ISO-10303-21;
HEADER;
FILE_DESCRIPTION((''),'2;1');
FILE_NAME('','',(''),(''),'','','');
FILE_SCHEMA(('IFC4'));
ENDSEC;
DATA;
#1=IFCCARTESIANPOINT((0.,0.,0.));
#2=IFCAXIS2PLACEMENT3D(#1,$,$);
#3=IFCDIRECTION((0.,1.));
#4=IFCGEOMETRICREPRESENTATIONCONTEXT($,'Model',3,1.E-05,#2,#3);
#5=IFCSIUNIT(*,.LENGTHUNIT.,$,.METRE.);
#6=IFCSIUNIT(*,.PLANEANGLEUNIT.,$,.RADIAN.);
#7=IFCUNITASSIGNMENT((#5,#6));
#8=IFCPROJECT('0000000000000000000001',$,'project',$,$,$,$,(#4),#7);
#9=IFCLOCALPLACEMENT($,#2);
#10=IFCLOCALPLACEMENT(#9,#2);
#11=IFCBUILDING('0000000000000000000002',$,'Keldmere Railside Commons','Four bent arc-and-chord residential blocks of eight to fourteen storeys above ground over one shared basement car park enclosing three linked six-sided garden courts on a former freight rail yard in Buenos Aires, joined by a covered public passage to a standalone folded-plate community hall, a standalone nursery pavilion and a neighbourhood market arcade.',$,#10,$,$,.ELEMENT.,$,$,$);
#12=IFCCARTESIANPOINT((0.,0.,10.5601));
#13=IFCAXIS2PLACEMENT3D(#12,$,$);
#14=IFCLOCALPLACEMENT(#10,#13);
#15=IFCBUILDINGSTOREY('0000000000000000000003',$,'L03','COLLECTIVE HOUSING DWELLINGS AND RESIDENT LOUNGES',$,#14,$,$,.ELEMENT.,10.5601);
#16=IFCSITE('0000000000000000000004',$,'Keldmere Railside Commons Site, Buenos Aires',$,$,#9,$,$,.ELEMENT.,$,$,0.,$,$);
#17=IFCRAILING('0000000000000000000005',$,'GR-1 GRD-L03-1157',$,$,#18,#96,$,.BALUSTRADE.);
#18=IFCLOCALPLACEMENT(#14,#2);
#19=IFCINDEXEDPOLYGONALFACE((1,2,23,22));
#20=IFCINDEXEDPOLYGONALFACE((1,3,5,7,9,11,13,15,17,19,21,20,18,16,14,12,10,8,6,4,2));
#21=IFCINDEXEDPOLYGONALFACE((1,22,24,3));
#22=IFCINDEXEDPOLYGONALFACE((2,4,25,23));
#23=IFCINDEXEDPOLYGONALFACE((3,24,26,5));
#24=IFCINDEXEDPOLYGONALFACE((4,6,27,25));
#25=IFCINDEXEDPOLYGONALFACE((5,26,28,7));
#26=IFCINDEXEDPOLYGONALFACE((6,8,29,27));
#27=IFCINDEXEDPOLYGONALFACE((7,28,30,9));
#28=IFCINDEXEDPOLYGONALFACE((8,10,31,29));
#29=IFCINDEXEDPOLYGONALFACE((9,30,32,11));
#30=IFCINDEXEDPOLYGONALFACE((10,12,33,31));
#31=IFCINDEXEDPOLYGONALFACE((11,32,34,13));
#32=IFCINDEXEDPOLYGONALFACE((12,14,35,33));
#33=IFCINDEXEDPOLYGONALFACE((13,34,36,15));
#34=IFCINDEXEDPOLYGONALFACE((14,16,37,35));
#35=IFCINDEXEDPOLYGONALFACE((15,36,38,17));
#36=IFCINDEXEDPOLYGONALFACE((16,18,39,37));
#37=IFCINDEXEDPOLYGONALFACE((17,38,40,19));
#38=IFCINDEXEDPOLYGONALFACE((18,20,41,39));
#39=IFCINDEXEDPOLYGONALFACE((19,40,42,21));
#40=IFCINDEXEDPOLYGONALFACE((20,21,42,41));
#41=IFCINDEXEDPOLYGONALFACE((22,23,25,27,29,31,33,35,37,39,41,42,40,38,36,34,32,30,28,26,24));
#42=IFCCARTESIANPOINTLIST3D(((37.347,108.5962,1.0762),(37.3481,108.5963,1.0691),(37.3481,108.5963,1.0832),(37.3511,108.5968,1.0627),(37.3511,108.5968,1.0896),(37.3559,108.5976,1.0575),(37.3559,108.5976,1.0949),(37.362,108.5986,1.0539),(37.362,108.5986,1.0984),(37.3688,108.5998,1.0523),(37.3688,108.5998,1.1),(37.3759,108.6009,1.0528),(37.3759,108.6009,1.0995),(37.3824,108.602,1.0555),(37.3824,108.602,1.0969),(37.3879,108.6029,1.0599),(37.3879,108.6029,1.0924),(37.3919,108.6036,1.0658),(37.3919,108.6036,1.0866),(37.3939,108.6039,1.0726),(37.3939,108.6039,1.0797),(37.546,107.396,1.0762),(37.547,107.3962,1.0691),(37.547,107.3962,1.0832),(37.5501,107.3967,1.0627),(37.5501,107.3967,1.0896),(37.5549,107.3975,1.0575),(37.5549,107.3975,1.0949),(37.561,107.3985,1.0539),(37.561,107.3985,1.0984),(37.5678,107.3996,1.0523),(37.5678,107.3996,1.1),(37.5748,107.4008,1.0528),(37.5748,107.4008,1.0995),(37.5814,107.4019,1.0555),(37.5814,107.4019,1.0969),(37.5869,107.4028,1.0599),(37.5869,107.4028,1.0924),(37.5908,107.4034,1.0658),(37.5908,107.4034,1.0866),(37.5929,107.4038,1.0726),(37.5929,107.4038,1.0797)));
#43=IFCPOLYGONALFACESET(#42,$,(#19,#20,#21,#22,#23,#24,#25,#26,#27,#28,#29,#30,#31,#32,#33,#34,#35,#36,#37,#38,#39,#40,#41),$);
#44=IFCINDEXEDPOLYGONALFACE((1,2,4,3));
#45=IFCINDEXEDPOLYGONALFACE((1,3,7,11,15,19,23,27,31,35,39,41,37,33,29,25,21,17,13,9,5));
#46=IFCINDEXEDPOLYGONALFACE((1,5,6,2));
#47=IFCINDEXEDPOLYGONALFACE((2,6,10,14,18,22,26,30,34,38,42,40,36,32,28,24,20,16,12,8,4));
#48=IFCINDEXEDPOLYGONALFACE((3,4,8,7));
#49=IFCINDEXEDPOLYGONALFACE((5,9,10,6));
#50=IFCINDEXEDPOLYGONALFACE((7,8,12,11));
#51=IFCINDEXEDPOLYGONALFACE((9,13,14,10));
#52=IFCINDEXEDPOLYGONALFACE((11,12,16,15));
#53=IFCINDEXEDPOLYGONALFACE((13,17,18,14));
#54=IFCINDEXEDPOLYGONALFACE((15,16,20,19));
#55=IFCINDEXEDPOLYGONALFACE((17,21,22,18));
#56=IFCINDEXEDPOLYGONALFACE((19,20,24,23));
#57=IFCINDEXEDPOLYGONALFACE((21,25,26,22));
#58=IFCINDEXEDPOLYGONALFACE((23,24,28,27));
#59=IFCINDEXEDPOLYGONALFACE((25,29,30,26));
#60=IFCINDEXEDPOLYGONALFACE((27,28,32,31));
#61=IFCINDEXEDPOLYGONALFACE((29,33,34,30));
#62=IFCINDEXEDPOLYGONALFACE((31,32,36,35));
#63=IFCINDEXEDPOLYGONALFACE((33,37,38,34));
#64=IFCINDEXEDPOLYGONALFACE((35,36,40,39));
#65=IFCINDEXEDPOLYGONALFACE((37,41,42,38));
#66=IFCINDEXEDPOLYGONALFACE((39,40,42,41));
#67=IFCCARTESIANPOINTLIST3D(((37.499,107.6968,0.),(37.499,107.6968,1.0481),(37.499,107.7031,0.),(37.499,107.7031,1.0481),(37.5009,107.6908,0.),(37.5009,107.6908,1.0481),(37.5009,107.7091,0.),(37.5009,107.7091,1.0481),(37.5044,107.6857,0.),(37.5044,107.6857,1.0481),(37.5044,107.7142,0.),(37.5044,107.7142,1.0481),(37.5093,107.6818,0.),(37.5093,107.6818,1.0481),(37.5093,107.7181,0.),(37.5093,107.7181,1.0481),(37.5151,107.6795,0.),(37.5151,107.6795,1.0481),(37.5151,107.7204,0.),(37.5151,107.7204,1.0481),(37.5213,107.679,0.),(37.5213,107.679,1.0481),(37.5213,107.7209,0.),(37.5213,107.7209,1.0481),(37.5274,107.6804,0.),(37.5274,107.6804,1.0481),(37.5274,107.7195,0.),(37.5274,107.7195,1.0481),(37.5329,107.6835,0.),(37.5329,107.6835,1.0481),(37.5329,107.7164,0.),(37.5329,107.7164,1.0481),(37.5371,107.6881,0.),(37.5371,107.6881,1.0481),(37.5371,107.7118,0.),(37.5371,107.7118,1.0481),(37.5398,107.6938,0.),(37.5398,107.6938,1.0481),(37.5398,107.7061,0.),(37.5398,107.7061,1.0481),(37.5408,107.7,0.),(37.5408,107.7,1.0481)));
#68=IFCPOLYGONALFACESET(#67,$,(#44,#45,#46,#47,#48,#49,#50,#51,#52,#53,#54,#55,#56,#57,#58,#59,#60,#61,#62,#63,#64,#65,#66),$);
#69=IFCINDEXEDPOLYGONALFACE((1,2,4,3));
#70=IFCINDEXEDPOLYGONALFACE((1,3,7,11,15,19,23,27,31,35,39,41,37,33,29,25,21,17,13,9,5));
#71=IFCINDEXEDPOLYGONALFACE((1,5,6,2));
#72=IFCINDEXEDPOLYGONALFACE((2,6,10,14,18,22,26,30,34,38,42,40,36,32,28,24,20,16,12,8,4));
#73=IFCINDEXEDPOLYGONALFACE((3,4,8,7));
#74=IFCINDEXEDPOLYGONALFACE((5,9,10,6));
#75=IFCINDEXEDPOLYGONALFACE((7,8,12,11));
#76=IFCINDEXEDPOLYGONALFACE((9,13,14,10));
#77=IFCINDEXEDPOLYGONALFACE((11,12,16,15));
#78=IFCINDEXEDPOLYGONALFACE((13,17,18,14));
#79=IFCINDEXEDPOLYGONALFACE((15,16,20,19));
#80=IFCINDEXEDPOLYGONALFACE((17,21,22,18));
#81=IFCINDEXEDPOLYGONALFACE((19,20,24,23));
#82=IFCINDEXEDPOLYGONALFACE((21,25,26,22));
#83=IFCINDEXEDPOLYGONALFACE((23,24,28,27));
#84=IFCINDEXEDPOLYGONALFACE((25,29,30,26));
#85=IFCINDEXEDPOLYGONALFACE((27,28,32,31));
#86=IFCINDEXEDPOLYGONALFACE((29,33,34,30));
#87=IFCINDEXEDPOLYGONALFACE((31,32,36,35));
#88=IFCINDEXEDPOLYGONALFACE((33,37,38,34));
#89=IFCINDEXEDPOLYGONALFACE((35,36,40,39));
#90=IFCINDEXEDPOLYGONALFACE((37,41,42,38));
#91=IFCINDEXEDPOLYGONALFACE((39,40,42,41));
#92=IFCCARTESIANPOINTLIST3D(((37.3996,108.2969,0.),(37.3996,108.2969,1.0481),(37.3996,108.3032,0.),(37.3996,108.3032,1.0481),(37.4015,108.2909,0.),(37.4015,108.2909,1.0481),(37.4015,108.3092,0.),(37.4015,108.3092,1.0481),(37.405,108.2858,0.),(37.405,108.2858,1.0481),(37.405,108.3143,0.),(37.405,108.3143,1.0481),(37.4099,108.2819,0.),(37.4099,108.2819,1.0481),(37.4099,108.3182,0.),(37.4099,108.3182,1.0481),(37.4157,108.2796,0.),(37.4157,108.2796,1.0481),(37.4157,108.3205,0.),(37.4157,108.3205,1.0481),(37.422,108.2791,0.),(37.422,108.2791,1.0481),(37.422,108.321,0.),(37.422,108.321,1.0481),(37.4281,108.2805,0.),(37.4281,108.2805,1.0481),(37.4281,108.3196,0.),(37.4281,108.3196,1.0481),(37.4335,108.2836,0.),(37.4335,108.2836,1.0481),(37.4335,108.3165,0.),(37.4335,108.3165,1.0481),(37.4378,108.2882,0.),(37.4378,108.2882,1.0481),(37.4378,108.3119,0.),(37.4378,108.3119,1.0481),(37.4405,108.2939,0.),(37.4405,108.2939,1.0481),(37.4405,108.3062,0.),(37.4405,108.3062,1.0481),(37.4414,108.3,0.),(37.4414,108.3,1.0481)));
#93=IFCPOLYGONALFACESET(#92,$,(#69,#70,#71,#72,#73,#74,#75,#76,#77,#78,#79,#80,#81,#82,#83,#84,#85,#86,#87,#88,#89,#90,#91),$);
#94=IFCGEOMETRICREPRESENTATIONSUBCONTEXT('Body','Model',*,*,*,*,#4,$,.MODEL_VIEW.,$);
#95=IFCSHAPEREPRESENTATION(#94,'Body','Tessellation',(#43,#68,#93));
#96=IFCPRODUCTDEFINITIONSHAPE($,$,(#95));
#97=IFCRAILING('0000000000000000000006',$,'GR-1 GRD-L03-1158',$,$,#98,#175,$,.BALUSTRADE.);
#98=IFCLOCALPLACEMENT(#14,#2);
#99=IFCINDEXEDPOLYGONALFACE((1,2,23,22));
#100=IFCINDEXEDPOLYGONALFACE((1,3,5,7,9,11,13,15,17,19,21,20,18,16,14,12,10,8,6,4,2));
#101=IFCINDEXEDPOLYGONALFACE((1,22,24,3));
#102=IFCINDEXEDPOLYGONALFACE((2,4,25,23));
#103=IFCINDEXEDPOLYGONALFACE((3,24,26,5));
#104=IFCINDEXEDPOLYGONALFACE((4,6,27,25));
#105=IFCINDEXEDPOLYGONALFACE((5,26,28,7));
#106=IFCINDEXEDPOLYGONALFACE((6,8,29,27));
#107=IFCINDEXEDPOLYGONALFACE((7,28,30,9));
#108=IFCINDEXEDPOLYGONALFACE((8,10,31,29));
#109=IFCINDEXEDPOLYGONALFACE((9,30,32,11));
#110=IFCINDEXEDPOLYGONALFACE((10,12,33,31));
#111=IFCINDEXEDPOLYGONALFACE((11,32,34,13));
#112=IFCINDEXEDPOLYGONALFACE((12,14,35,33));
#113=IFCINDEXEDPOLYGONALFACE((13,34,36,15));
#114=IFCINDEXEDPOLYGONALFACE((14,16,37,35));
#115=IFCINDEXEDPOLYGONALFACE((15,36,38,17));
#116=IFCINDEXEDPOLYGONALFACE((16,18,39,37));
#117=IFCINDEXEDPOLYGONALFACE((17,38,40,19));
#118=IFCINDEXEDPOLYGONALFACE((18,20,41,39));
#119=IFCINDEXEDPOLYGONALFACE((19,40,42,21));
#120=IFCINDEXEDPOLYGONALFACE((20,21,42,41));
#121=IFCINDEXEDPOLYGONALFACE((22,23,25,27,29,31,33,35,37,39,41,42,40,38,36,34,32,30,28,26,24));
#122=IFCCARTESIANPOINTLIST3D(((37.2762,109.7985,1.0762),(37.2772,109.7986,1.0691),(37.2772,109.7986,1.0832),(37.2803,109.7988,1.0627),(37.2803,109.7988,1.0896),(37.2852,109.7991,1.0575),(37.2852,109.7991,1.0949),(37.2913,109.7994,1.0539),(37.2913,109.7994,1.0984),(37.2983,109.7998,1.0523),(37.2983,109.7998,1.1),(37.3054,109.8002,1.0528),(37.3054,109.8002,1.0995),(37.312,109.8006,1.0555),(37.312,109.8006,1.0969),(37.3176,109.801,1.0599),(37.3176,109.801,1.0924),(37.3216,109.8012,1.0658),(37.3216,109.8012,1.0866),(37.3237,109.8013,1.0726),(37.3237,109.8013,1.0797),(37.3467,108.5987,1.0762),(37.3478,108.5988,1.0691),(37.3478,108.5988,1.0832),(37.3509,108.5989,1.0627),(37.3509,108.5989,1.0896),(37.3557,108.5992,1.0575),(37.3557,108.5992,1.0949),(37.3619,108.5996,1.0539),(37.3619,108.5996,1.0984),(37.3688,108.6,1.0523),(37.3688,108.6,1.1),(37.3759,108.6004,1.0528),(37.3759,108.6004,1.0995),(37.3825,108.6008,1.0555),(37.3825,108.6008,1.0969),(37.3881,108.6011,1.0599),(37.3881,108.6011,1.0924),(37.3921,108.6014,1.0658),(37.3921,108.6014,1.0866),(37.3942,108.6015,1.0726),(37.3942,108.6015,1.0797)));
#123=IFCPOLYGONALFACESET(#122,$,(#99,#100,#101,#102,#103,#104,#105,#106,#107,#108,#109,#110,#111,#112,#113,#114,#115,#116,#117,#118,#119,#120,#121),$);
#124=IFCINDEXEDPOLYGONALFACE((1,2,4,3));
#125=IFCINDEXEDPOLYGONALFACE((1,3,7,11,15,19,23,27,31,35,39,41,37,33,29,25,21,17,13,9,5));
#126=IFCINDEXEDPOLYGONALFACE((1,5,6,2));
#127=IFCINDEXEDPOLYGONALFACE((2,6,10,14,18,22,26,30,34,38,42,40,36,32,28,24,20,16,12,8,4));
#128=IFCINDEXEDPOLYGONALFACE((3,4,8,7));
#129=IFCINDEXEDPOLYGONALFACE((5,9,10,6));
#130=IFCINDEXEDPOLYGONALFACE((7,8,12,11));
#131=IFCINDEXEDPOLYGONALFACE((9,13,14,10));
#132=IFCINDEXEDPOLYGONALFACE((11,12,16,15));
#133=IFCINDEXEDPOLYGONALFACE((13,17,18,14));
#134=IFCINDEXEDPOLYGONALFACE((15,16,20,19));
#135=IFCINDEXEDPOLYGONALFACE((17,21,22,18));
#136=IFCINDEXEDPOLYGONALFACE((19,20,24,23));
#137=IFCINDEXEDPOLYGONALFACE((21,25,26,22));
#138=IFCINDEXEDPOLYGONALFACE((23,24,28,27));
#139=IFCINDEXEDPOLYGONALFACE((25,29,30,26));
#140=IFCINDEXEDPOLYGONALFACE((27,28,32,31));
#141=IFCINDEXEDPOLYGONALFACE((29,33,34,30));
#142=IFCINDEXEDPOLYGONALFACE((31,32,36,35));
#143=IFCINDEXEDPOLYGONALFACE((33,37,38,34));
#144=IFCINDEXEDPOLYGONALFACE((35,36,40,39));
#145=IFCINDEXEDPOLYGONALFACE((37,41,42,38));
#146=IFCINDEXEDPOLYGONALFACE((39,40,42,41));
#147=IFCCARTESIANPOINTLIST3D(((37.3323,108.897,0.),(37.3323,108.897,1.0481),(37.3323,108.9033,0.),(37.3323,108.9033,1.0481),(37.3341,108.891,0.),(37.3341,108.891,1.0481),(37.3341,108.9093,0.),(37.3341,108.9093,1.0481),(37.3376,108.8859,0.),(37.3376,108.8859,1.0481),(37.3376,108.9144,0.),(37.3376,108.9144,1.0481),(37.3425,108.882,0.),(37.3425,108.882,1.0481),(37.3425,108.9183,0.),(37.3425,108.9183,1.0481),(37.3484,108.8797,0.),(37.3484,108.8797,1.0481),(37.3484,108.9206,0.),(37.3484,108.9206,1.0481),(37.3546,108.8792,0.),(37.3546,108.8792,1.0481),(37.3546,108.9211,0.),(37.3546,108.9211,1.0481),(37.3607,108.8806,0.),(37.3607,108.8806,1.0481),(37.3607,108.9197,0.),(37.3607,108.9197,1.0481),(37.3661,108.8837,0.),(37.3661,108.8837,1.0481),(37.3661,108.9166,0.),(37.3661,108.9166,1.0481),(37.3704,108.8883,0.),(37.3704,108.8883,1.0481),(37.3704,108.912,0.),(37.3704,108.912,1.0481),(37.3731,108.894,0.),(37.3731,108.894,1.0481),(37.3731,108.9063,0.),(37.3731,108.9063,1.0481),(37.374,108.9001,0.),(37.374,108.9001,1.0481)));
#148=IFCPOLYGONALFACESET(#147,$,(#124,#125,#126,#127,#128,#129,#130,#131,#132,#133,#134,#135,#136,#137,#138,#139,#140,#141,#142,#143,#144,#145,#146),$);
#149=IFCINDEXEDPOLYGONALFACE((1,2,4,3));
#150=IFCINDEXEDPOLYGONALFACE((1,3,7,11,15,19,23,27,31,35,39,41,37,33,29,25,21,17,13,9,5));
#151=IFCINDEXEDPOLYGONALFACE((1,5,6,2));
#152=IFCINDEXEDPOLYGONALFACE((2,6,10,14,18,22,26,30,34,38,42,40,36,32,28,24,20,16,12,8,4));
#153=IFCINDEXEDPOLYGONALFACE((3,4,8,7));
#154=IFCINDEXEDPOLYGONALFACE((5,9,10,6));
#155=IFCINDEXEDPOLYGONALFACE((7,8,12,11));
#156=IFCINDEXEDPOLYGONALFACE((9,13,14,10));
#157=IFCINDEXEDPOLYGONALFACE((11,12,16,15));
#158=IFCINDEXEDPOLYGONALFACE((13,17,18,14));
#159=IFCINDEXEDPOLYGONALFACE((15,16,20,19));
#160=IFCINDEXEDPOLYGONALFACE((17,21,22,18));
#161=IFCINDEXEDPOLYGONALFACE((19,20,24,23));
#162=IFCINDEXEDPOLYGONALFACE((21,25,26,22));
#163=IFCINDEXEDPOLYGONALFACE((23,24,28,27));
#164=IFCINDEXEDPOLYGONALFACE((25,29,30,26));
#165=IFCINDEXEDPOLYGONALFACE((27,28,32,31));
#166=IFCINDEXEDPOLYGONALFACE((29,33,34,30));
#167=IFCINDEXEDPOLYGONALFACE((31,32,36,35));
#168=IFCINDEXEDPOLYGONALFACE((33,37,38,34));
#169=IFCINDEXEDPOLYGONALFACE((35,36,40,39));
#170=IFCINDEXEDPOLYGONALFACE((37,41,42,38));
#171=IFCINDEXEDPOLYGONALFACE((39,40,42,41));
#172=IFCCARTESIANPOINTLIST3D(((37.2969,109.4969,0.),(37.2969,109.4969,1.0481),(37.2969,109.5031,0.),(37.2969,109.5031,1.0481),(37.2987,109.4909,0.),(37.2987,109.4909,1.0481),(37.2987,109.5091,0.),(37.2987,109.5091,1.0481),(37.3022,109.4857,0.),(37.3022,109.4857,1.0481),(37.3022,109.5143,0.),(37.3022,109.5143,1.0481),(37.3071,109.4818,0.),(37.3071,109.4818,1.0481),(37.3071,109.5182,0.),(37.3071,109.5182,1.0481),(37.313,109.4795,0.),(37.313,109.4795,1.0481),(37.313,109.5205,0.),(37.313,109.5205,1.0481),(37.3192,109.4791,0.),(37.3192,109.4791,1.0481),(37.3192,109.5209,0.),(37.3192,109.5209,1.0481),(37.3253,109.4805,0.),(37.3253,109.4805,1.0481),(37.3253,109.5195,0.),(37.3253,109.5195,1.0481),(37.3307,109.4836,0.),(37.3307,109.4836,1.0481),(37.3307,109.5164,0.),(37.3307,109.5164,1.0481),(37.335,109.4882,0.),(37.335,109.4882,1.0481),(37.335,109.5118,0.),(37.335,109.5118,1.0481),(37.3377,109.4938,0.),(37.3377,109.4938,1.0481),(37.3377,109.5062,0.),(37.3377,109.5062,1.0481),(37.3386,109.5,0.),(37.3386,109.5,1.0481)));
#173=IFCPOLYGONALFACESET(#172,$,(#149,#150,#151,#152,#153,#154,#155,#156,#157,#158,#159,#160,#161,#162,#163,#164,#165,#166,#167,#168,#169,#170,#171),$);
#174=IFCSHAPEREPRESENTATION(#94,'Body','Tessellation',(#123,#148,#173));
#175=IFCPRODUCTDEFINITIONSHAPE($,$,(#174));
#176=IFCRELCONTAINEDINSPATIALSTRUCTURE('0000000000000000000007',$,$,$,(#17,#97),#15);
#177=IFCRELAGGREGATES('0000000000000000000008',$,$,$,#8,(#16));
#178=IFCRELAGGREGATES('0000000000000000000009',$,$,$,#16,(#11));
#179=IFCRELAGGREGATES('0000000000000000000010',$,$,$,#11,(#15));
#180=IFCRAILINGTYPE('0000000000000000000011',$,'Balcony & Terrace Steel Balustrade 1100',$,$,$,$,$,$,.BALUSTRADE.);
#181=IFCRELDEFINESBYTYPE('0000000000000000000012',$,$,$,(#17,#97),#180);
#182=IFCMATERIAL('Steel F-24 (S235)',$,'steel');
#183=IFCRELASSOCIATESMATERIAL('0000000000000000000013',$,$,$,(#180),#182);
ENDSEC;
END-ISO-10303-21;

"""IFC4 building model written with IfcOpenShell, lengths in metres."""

from ifc_helpers import new_model, si_unit, direction, frame, origin, origin_2d, place, context, subcontext, project, spatial, circle, extrude, material, type_object, element, save


model = new_model("IFC4")

# Units and contexts
model_context = context("Model", 3, precision=1e-05, world=origin(), true_north=direction((0.0, 1.0)))
body_context = subcontext(model_context, "Body", "Model", "MODEL_VIEW")
ifc_project = project(units=[si_unit("LENGTHUNIT", "METRE"), si_unit("PLANEANGLEUNIT", "RADIAN")], contexts=[model_context])

# Site, building, storey
site_placement = place(None, origin())
site = spatial("IfcSite", under=ifc_project, at=site_placement, Name="Keldmere Railside Commons Site, Buenos Aires", CompositionType="ELEMENT", RefElevation=0.0)
building_placement = place(site_placement, origin())
building = spatial("IfcBuilding", under=site, at=building_placement, Name="Keldmere Railside Commons", Description="Four bent arc-and-chord residential blocks of eight to fourteen storeys above ground over one shared basement car park enclosing three linked six-sided garden courts on a former freight rail yard in Buenos Aires, joined by a covered public passage to a standalone folded-plate community hall, a standalone nursery pavilion and a neighbourhood market arcade.", CompositionType="ELEMENT")
storey_placement = place(building_placement, frame((0.0, 0.0, 10.5601)))
storey = spatial("IfcBuildingStorey", under=building, at=storey_placement, Name="L03", Description="COLLECTIVE HOUSING DWELLINGS AND RESIDENT LOUNGES", CompositionType="ELEMENT", Elevation=10.5601)

# Shared definitions
ifc_material_1 = material(Name="Steel F-24 (S235)", Category="steel")

# Railings
railing_type_1 = type_object("IfcRailingType", Name="Balcony & Terrace Steel Balustrade 1100", PredefinedType="BALUSTRADE", material=ifc_material_1)
railing_1_placement = place(storey_placement, frame((37.5696, 107.3999, 0.0)))
element("IfcRailing", 1, at=railing_1_placement, inside=storey, type_object=railing_type_1, Name="GR-1 GRD-L03-1157", PredefinedType="BALUSTRADE", context=body_context, shape_type="SweptSolid", body=[
    extrude(circle(Radius=0.0239, at=origin_2d()), frame((0.0, 0.0, 1.0762), z_axis=(-0.163553, 0.986535, 0.0), x_axis=(-0.986535, -0.163553, 0.0)), (0.0, 0.0, 1.0), 1.2166),
    extrude(circle(Radius=0.021, at=origin_2d()), frame((-0.0498, 0.3, 0.0)), (0.0, 0.0, 1.0), 1.0481),
    extrude(circle(Radius=0.021, at=origin_2d()), frame((-0.1492, 0.9001, 0.0)), (0.0, 0.0, 1.0), 1.0481),
])
railing_2_placement = place(storey_placement, frame((37.3706, 108.6001, 0.0)))
element("IfcRailing", 2, at=railing_2_placement, inside=storey, type_object=railing_type_1, Name="GR-1 GRD-L03-1158", PredefinedType="BALUSTRADE", context=body_context, shape_type="SweptSolid", body=[
    extrude(circle(Radius=0.0239, at=origin_2d()), frame((0.0, 0.0, 1.0762), z_axis=(-0.058698, 0.998276, 0.0), x_axis=(-0.998276, -0.058698, 0.0)), (0.0, 0.0, 1.0), 1.2019),
    extrude(circle(Radius=0.021, at=origin_2d()), frame((-0.0176, 0.3, 0.0)), (0.0, 0.0, 1.0), 1.0481),
    extrude(circle(Radius=0.021, at=origin_2d()), frame((-0.053, 0.8999, 0.0)), (0.0, 0.0, 1.0), 1.0481),
])

save(model, "model.ifc")
